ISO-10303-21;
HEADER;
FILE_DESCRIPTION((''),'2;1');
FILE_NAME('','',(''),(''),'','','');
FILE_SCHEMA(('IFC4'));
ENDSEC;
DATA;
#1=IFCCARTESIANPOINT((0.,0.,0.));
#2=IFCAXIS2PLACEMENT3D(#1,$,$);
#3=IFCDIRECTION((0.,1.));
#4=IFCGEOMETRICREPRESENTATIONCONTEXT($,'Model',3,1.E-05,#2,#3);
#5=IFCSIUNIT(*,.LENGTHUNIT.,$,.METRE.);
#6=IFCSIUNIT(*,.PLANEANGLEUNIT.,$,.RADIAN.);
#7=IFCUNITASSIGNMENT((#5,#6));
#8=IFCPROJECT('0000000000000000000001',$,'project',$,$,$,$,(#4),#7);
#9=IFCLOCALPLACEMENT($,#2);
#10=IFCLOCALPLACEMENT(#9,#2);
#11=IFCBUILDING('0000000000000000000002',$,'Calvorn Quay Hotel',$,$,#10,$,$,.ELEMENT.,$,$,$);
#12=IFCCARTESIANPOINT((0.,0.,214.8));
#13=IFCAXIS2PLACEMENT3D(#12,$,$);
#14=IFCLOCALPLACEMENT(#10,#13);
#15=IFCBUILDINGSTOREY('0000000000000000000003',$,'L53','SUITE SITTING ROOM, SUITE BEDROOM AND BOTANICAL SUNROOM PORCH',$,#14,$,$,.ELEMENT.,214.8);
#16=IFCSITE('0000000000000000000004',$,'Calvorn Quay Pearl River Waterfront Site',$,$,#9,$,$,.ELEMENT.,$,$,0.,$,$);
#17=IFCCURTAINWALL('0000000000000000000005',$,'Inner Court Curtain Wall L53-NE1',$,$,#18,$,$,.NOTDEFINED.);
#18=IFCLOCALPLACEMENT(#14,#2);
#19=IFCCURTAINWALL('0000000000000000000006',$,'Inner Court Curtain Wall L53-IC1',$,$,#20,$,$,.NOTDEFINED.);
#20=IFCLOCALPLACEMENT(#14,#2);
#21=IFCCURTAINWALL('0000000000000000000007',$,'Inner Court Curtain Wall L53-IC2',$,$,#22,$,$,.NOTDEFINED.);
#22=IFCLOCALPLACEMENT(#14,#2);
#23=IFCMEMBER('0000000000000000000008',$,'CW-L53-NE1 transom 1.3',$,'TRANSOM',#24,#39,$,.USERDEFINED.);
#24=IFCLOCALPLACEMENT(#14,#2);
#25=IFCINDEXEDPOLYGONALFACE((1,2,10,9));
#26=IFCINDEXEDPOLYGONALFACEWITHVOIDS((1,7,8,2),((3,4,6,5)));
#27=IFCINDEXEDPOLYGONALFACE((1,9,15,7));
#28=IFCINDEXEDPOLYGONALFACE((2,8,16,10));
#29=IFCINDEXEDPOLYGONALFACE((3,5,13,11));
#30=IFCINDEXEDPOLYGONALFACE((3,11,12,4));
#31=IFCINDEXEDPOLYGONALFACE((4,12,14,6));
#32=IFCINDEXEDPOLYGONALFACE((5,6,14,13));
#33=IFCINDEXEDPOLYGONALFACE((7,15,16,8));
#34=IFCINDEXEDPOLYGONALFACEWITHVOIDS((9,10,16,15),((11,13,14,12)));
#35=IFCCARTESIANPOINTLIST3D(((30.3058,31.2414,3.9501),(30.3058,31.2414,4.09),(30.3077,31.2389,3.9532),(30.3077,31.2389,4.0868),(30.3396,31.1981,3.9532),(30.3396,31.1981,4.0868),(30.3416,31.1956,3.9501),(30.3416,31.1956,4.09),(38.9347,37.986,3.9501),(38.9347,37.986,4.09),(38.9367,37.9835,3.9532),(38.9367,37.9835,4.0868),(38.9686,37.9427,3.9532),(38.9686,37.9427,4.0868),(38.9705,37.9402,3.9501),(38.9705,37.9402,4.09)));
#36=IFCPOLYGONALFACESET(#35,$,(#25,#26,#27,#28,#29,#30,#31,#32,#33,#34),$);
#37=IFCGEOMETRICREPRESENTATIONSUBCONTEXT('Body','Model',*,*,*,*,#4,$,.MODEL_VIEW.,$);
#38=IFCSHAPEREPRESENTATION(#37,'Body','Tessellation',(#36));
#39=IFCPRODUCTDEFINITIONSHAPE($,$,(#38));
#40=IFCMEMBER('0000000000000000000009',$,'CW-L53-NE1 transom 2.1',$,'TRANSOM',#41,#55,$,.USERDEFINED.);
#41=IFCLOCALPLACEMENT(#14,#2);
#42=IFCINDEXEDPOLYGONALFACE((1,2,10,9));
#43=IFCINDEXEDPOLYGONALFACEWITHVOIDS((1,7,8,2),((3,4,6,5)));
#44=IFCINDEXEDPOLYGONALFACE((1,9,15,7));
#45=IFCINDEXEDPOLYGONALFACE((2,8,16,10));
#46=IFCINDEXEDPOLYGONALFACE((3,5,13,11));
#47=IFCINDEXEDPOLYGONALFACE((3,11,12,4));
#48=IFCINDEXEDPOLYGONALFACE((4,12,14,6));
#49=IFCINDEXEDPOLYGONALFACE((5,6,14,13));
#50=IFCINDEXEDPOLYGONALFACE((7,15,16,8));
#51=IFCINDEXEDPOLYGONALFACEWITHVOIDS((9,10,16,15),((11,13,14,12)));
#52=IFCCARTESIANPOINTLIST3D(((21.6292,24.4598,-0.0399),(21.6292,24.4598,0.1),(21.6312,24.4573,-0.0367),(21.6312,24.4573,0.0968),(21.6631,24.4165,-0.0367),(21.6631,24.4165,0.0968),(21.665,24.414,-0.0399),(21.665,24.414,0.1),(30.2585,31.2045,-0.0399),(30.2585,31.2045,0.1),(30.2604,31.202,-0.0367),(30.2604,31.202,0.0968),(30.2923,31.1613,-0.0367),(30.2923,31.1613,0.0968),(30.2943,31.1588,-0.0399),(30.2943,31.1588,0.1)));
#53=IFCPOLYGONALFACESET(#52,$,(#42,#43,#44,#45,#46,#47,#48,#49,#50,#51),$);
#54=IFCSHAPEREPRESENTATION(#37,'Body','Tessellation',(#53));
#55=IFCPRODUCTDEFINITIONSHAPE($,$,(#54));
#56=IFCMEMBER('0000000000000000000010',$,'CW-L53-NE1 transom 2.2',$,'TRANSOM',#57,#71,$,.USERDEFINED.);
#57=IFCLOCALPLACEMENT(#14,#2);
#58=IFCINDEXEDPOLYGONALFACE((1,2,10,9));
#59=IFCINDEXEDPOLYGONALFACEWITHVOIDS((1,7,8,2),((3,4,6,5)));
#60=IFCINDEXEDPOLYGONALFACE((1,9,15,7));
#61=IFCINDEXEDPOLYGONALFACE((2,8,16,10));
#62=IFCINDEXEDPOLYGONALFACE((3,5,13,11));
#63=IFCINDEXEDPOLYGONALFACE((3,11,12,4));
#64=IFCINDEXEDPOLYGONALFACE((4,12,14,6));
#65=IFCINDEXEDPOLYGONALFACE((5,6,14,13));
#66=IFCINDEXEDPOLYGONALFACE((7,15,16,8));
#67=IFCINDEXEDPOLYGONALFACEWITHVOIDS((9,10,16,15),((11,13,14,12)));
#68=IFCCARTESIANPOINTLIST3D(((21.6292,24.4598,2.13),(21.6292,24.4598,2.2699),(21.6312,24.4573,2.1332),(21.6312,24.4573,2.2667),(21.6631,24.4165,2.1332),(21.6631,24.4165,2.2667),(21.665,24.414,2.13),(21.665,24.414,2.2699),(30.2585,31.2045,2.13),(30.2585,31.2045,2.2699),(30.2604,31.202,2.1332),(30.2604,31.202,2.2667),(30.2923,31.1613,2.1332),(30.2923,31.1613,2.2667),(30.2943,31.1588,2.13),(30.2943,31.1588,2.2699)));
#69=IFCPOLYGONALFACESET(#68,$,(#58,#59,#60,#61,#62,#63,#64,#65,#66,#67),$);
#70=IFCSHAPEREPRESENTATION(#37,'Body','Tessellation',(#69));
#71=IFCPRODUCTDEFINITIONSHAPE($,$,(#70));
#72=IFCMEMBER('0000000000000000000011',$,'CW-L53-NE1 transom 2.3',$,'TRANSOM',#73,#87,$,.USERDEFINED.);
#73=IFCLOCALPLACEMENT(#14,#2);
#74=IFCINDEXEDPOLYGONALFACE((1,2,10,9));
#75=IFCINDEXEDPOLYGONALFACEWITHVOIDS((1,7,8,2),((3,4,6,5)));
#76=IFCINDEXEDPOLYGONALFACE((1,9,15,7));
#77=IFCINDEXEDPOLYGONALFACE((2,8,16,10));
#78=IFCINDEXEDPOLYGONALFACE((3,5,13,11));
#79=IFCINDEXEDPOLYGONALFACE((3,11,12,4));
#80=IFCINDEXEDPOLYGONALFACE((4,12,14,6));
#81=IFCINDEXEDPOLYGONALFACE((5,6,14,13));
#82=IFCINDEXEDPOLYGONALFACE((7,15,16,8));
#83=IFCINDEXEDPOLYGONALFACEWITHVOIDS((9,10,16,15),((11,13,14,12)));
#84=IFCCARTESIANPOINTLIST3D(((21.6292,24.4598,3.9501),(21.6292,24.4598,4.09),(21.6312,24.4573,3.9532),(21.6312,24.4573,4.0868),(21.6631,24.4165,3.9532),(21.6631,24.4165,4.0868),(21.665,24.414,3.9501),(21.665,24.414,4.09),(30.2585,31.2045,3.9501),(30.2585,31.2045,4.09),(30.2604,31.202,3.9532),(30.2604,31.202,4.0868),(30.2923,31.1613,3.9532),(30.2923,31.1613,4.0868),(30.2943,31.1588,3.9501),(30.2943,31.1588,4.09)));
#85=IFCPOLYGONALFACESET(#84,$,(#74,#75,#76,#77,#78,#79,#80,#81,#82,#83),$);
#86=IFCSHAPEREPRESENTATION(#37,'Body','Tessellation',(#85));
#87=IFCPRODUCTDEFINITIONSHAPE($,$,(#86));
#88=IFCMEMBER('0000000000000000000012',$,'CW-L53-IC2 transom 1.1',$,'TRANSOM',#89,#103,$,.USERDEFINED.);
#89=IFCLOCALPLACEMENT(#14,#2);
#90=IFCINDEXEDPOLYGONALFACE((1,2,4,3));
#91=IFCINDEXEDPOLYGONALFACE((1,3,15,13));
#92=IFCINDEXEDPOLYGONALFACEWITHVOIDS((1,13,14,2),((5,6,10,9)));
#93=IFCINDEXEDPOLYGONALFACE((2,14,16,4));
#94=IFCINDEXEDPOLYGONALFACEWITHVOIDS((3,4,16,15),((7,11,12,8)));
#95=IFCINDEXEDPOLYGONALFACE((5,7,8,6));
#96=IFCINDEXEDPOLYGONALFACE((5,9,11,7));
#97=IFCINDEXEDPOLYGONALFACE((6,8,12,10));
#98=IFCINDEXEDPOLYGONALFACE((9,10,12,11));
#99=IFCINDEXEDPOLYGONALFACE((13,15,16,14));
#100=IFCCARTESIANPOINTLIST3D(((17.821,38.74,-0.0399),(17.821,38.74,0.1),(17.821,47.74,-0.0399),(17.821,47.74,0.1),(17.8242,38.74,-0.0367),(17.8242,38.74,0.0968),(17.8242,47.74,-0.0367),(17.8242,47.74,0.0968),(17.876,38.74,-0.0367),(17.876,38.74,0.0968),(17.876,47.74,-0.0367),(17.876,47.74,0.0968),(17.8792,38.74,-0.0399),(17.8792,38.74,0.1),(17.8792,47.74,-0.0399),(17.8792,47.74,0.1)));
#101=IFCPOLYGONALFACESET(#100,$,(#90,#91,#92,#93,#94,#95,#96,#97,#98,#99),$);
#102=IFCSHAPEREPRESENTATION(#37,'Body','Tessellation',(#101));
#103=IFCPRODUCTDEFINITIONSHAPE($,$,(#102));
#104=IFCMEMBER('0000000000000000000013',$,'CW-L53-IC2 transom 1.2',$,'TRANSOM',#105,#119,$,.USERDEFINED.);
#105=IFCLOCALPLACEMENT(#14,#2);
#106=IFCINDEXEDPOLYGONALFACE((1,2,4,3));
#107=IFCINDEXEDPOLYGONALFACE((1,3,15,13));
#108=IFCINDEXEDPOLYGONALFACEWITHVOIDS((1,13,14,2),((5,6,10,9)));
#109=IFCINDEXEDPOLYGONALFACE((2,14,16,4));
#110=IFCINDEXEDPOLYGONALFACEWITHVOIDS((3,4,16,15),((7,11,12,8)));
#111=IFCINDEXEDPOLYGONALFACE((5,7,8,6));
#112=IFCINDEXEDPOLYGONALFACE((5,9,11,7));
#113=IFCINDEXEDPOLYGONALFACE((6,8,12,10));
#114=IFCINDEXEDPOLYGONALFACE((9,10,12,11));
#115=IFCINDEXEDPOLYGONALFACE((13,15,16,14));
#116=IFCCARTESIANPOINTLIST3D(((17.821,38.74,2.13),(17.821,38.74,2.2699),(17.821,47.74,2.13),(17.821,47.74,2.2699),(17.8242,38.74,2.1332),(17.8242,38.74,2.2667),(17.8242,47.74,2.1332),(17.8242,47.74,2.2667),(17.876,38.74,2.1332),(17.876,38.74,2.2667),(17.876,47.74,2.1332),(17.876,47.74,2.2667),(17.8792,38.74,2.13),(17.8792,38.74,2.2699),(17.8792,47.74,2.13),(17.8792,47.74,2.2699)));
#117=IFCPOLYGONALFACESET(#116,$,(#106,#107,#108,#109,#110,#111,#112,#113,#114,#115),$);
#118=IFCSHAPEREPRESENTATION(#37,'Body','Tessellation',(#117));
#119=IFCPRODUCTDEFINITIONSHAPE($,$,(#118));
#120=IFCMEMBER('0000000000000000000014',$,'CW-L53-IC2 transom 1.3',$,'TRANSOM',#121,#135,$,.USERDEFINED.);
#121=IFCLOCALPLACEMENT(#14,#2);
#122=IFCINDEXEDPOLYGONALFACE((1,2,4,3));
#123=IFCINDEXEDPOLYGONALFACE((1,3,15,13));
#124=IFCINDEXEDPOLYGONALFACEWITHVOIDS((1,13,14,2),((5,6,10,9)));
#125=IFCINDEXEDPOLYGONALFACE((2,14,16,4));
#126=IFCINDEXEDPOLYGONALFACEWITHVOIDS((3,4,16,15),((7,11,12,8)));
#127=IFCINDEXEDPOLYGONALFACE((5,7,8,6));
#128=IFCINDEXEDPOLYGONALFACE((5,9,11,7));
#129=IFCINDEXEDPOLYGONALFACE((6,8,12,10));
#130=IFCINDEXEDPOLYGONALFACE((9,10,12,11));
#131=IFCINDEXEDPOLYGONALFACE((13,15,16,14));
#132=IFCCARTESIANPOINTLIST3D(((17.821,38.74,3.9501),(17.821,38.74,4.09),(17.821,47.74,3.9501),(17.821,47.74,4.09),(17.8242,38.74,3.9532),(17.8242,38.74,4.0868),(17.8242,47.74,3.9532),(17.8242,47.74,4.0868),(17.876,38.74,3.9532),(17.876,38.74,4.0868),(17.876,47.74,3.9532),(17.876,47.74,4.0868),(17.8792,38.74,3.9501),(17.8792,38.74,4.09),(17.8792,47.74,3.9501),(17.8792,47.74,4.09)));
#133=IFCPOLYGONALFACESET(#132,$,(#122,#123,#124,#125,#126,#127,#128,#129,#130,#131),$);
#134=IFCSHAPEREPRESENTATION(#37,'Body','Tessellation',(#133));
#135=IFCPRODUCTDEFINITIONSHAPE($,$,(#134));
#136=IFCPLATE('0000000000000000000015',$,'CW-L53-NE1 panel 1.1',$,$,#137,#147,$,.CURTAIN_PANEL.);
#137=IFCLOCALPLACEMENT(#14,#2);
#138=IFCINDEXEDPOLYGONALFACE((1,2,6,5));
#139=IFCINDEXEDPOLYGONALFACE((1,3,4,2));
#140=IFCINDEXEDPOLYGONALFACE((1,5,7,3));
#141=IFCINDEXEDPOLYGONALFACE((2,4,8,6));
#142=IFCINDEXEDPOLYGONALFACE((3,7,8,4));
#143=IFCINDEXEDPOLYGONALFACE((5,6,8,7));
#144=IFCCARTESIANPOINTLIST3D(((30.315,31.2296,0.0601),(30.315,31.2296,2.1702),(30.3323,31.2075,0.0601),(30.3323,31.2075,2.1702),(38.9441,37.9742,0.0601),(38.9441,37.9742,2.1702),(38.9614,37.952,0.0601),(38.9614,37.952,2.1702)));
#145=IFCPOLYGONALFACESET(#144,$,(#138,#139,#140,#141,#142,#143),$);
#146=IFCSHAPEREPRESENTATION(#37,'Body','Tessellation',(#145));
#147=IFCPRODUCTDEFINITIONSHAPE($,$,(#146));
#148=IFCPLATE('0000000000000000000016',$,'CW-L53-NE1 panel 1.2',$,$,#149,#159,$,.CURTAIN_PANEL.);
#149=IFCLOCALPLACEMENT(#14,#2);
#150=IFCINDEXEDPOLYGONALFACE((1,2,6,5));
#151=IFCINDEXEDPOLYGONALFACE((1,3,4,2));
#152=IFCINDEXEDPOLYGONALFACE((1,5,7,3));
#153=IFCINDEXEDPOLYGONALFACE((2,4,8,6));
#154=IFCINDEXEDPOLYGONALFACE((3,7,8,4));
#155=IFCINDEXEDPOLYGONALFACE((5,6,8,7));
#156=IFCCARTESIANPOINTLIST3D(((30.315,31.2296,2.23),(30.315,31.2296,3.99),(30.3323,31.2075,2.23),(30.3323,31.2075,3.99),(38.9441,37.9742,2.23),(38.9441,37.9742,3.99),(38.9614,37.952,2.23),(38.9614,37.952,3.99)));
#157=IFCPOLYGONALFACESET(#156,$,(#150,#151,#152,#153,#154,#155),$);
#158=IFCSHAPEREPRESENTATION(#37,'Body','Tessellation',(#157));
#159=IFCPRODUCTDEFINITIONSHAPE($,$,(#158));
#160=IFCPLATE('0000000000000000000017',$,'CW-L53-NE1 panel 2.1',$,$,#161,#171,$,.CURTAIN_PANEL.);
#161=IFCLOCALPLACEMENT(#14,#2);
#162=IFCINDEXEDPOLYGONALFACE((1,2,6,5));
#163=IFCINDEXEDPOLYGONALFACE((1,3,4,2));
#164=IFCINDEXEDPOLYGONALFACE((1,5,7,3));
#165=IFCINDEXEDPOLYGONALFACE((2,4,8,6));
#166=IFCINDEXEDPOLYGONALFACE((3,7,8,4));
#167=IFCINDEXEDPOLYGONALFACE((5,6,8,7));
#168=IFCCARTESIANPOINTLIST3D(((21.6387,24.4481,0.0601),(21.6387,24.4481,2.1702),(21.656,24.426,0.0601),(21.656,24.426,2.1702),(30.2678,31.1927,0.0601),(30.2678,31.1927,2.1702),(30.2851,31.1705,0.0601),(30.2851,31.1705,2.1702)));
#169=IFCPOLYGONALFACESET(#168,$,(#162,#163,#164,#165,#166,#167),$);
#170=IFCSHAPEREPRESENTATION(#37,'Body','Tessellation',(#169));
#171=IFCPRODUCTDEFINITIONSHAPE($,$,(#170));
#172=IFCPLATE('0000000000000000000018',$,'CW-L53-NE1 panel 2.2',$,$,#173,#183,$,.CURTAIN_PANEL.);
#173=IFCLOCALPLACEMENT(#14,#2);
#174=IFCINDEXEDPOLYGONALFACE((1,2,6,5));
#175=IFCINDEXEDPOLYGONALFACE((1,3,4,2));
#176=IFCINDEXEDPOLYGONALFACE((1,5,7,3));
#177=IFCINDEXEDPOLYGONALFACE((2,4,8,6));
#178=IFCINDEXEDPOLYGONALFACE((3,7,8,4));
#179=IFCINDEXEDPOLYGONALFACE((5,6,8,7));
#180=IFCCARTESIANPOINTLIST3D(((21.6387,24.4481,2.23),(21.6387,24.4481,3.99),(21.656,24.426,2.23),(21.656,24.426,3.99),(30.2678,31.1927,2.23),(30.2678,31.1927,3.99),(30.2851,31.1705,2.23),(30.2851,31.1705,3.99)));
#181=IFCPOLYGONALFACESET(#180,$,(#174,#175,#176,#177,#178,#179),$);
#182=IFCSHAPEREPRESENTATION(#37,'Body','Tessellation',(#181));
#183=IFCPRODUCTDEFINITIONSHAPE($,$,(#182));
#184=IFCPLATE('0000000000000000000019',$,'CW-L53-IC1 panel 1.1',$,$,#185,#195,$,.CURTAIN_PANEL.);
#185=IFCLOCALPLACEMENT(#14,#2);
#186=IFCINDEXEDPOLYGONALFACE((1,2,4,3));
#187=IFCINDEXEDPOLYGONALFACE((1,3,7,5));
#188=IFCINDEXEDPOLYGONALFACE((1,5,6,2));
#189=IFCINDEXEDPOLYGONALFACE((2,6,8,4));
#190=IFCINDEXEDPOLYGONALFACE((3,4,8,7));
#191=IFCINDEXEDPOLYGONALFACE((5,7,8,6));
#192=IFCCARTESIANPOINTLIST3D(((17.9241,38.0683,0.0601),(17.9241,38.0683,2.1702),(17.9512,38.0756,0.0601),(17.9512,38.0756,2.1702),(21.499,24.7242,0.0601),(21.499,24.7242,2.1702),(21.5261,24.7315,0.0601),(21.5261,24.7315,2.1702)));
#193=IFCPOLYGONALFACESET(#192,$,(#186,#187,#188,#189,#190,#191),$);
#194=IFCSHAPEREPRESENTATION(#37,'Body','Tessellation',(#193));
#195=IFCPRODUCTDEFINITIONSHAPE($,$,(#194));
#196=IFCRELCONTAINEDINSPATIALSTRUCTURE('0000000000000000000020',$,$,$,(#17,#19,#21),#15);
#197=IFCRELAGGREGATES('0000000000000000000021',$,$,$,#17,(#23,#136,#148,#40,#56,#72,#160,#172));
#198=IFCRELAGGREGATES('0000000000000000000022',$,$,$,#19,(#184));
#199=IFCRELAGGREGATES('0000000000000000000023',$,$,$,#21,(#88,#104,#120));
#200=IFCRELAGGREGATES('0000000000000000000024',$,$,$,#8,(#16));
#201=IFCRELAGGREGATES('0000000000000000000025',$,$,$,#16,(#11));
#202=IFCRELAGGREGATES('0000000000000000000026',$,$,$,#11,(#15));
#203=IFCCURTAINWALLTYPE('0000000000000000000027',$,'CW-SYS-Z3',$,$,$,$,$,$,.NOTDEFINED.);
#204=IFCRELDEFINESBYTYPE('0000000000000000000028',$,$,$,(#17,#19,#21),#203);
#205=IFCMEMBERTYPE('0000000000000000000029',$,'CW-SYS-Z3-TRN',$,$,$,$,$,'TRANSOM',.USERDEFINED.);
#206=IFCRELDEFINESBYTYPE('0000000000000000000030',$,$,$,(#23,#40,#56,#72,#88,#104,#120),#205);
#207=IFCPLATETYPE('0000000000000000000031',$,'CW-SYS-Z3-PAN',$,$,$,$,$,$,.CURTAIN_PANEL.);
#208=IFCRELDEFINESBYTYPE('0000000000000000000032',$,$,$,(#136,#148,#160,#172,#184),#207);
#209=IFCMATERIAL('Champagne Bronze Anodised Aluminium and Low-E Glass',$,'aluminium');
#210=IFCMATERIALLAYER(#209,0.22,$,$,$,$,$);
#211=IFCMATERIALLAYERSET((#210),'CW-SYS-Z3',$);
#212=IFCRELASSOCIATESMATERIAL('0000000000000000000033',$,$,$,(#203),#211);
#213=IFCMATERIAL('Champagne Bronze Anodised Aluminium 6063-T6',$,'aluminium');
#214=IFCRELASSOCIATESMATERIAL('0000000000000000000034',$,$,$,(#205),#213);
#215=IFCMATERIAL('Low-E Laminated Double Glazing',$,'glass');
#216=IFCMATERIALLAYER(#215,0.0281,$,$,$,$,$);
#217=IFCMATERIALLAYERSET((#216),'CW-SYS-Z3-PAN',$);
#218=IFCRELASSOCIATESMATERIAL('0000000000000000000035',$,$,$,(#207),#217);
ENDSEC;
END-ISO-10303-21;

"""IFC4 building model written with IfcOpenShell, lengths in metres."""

from ifc_helpers import new_model, si_unit, direction, frame, origin, origin_2d, place, context, subcontext, project, spatial, rectangle, hollow_rectangle, extrude, material, layer, layer_set, material_profile, profile_set, type_object, element, aggregate, save


model = new_model("IFC4")

# Units and contexts
model_context = context("Model", 3, precision=1e-05, world=origin(), true_north=direction((0.0, 1.0)))
body_context = subcontext(model_context, "Body", "Model", "MODEL_VIEW")
ifc_project = project(units=[si_unit("LENGTHUNIT", "METRE"), si_unit("PLANEANGLEUNIT", "RADIAN")], contexts=[model_context])

# Site, building, storey
site_placement = place(None, origin())
site = spatial("IfcSite", under=ifc_project, at=site_placement, Name="Calvorn Quay Pearl River Waterfront Site", CompositionType="ELEMENT", RefElevation=0.0)
building_placement = place(site_placement, origin())
building = spatial("IfcBuilding", under=site, at=building_placement, Name="Calvorn Quay Hotel", CompositionType="ELEMENT")
storey_placement = place(building_placement, frame((0.0, 0.0, 214.8)))
storey = spatial("IfcBuildingStorey", under=building, at=storey_placement, Name="L53", Description="SUITE SITTING ROOM, SUITE BEDROOM AND BOTANICAL SUNROOM PORCH", CompositionType="ELEMENT", Elevation=214.8)

# Curtain wall
ifc_material_1 = material(Name="Champagne Bronze Anodised Aluminium and Low-E Glass", Category="aluminium")
ifc_layer_1 = layer(ifc_material_1, 0.22)
ifc_layer_set_1 = layer_set([ifc_layer_1], Name="CW-SYS-Z3")
curtain_wall_type = type_object("IfcCurtainWallType", Name="CW-SYS-Z3", PredefinedType="NOTDEFINED", material=ifc_layer_set_1)
curtain_wall_1_placement = place(storey_placement, origin())
curtain_wall_1 = element("IfcCurtainWall", 1, at=curtain_wall_1_placement, inside=storey, type_object=curtain_wall_type, Name="Inner Court Curtain Wall L53-NE1", PredefinedType="NOTDEFINED")

# Curtain wall
curtain_wall_2_placement = place(storey_placement, origin())
curtain_wall_2 = element("IfcCurtainWall", 2, at=curtain_wall_2_placement, inside=storey, type_object=curtain_wall_type, Name="Inner Court Curtain Wall L53-IC1", PredefinedType="NOTDEFINED")

# Curtain wall
curtain_wall_3_placement = place(storey_placement, origin())
curtain_wall_3 = element("IfcCurtainWall", 3, at=curtain_wall_3_placement, inside=storey, type_object=curtain_wall_type, Name="Inner Court Curtain Wall L53-IC2", PredefinedType="NOTDEFINED")

# Members
ifc_material_2 = material(Name="Champagne Bronze Anodised Aluminium 6063-T6", Category="aluminium")
ifc_material_profile_1 = material_profile(ifc_material_2, hollow_rectangle(XDim=0.0581, YDim=0.1399, WallThickness=0.0032, at=origin_2d()), Name="ALU-T140x58x3.2")
ifc_profile_set_1 = profile_set([ifc_material_profile_1], Name="Champagne Bronze Anodised Aluminium 6063-T6")
member_type_1 = type_object("IfcMemberType", Name="CW-SYS-Z3-TRN", ElementType="TRANSOM", PredefinedType="USERDEFINED", material=ifc_profile_set_1)
member_1_placement = place(storey_placement, frame((38.9526, 37.9631, 4.02), z_axis=(-0.787878, -0.615831, 0.0), x_axis=(0.615831, -0.787878, 0.0)))
member_1 = element("IfcMember", 4, at=member_1_placement, type_object=member_type_1, Name="CW-L53-NE1 transom 1.3", ObjectType="TRANSOM", PredefinedType="USERDEFINED", context=body_context, shape_type="SweptSolid", body=[
    extrude(hollow_rectangle(XDim=0.0581, YDim=0.1399, WallThickness=0.0032, at=origin_2d()), origin(), (0.0, 0.0, 1.0), 10.9521),
])
member_2_placement = place(storey_placement, frame((30.2764, 31.1816, 0.03), z_axis=(-0.787887, -0.61582, 0.0), x_axis=(0.61582, -0.787887, 0.0)))
member_2 = element("IfcMember", 5, at=member_2_placement, type_object=member_type_1, Name="CW-L53-NE1 transom 2.1", ObjectType="TRANSOM", PredefinedType="USERDEFINED", context=body_context, shape_type="SweptSolid", body=[
    extrude(hollow_rectangle(XDim=0.0581, YDim=0.1399, WallThickness=0.0032, at=origin_2d()), origin(), (0.0, 0.0, 1.0), 10.9524),
])
member_3_placement = place(storey_placement, frame((30.2764, 31.1816, 2.2), z_axis=(-0.787887, -0.61582, 0.0), x_axis=(0.61582, -0.787887, 0.0)))
member_3 = element("IfcMember", 6, at=member_3_placement, type_object=member_type_1, Name="CW-L53-NE1 transom 2.2", ObjectType="TRANSOM", PredefinedType="USERDEFINED", context=body_context, shape_type="SweptSolid", body=[
    extrude(hollow_rectangle(XDim=0.0581, YDim=0.1399, WallThickness=0.0032, at=origin_2d()), origin(), (0.0, 0.0, 1.0), 10.9524),
])
member_4_placement = place(storey_placement, frame((30.2764, 31.1816, 4.02), z_axis=(-0.787887, -0.61582, 0.0), x_axis=(0.61582, -0.787887, 0.0)))
member_4 = element("IfcMember", 7, at=member_4_placement, type_object=member_type_1, Name="CW-L53-NE1 transom 2.3", ObjectType="TRANSOM", PredefinedType="USERDEFINED", context=body_context, shape_type="SweptSolid", body=[
    extrude(hollow_rectangle(XDim=0.0581, YDim=0.1399, WallThickness=0.0032, at=origin_2d()), origin(), (0.0, 0.0, 1.0), 10.9524),
])
member_5_placement = place(storey_placement, frame((17.8501, 38.74, 0.03), z_axis=(0.0, 1.0, 0.0), x_axis=(-1.0, 0.0, 0.0)))
member_5 = element("IfcMember", 8, at=member_5_placement, type_object=member_type_1, Name="CW-L53-IC2 transom 1.1", ObjectType="TRANSOM", PredefinedType="USERDEFINED", context=body_context, shape_type="SweptSolid", body=[
    extrude(hollow_rectangle(XDim=0.0581, YDim=0.1399, WallThickness=0.0032, at=origin_2d()), origin(), (0.0, 0.0, 1.0), 9.0),
])
member_6_placement = place(storey_placement, frame((17.8501, 38.74, 2.2), z_axis=(0.0, 1.0, 0.0), x_axis=(-1.0, 0.0, 0.0)))
member_6 = element("IfcMember", 9, at=member_6_placement, type_object=member_type_1, Name="CW-L53-IC2 transom 1.2", ObjectType="TRANSOM", PredefinedType="USERDEFINED", context=body_context, shape_type="SweptSolid", body=[
    extrude(hollow_rectangle(XDim=0.0581, YDim=0.1399, WallThickness=0.0032, at=origin_2d()), origin(), (0.0, 0.0, 1.0), 9.0),
])
member_7_placement = place(storey_placement, frame((17.8501, 38.74, 4.02), z_axis=(0.0, 1.0, 0.0), x_axis=(-1.0, 0.0, 0.0)))
member_7 = element("IfcMember", 10, at=member_7_placement, type_object=member_type_1, Name="CW-L53-IC2 transom 1.3", ObjectType="TRANSOM", PredefinedType="USERDEFINED", context=body_context, shape_type="SweptSolid", body=[
    extrude(hollow_rectangle(XDim=0.0581, YDim=0.1399, WallThickness=0.0032, at=origin_2d()), origin(), (0.0, 0.0, 1.0), 9.0),
])

# Plates
ifc_material_3 = material(Name="Low-E Laminated Double Glazing", Category="glass")
ifc_layer_2 = layer(ifc_material_3, 0.0281)
ifc_layer_set_2 = layer_set([ifc_layer_2], Name="CW-SYS-Z3-PAN")
plate_type_1 = type_object("IfcPlateType", Name="CW-SYS-Z3-PAN", PredefinedType="CURTAIN_PANEL", material=ifc_layer_set_2)
plate_1_placement = place(storey_placement, frame((34.6382, 34.5908, 0.0601), z_axis=(0.0, 0.0, 1.0), x_axis=(-0.787887, -0.61582, 0.0)))
plate_1 = element("IfcPlate", 11, at=plate_1_placement, type_object=plate_type_1, Name="CW-L53-NE1 panel 1.1", PredefinedType="CURTAIN_PANEL", context=body_context, shape_type="SweptSolid", body=[
    extrude(rectangle(XDim=10.9521, YDim=0.0281, at=origin_2d()), origin(), (0.0, 0.0, 1.0), 2.1101),
])
plate_2_placement = place(storey_placement, frame((34.6382, 34.5908, 2.23), z_axis=(0.0, 0.0, 1.0), x_axis=(-0.787887, -0.61582, 0.0)))
plate_2 = element("IfcPlate", 12, at=plate_2_placement, type_object=plate_type_1, Name="CW-L53-NE1 panel 1.2", PredefinedType="CURTAIN_PANEL", context=body_context, shape_type="SweptSolid", body=[
    extrude(rectangle(XDim=10.9521, YDim=0.0281, at=origin_2d()), origin(), (0.0, 0.0, 1.0), 1.76),
])
plate_3_placement = place(storey_placement, frame((25.9619, 27.8093, 0.0601), z_axis=(0.0, 0.0, 1.0), x_axis=(-0.787887, -0.61582, 0.0)))
plate_3 = element("IfcPlate", 13, at=plate_3_placement, type_object=plate_type_1, Name="CW-L53-NE1 panel 2.1", PredefinedType="CURTAIN_PANEL", context=body_context, shape_type="SweptSolid", body=[
    extrude(rectangle(XDim=10.9521, YDim=0.0281, at=origin_2d()), origin(), (0.0, 0.0, 1.0), 2.1101),
])
plate_4_placement = place(storey_placement, frame((25.9619, 27.8093, 2.23), z_axis=(0.0, 0.0, 1.0), x_axis=(-0.787887, -0.61582, 0.0)))
plate_4 = element("IfcPlate", 14, at=plate_4_placement, type_object=plate_type_1, Name="CW-L53-NE1 panel 2.2", PredefinedType="CURTAIN_PANEL", context=body_context, shape_type="SweptSolid", body=[
    extrude(rectangle(XDim=10.9521, YDim=0.0281, at=origin_2d()), origin(), (0.0, 0.0, 1.0), 1.76),
])
aggregate(curtain_wall_1, [member_1, plate_1, plate_2, member_2, member_3, member_4, plate_3, plate_4])
plate_5_placement = place(storey_placement, frame((19.7251, 31.3999, 0.0601), z_axis=(0.0, 0.0, 1.0), x_axis=(-0.258779, 0.965937, 0.0)))
plate_5 = element("IfcPlate", 15, at=plate_5_placement, type_object=plate_type_1, Name="CW-L53-IC1 panel 1.1", PredefinedType="CURTAIN_PANEL", context=body_context, shape_type="SweptSolid", body=[
    extrude(rectangle(XDim=13.8147, YDim=0.0281, at=origin_2d()), origin(), (0.0, 0.0, 1.0), 2.1101),
])
aggregate(curtain_wall_2, [plate_5])
aggregate(curtain_wall_3, [member_5, member_6, member_7])

save(model, "model.ifc")
